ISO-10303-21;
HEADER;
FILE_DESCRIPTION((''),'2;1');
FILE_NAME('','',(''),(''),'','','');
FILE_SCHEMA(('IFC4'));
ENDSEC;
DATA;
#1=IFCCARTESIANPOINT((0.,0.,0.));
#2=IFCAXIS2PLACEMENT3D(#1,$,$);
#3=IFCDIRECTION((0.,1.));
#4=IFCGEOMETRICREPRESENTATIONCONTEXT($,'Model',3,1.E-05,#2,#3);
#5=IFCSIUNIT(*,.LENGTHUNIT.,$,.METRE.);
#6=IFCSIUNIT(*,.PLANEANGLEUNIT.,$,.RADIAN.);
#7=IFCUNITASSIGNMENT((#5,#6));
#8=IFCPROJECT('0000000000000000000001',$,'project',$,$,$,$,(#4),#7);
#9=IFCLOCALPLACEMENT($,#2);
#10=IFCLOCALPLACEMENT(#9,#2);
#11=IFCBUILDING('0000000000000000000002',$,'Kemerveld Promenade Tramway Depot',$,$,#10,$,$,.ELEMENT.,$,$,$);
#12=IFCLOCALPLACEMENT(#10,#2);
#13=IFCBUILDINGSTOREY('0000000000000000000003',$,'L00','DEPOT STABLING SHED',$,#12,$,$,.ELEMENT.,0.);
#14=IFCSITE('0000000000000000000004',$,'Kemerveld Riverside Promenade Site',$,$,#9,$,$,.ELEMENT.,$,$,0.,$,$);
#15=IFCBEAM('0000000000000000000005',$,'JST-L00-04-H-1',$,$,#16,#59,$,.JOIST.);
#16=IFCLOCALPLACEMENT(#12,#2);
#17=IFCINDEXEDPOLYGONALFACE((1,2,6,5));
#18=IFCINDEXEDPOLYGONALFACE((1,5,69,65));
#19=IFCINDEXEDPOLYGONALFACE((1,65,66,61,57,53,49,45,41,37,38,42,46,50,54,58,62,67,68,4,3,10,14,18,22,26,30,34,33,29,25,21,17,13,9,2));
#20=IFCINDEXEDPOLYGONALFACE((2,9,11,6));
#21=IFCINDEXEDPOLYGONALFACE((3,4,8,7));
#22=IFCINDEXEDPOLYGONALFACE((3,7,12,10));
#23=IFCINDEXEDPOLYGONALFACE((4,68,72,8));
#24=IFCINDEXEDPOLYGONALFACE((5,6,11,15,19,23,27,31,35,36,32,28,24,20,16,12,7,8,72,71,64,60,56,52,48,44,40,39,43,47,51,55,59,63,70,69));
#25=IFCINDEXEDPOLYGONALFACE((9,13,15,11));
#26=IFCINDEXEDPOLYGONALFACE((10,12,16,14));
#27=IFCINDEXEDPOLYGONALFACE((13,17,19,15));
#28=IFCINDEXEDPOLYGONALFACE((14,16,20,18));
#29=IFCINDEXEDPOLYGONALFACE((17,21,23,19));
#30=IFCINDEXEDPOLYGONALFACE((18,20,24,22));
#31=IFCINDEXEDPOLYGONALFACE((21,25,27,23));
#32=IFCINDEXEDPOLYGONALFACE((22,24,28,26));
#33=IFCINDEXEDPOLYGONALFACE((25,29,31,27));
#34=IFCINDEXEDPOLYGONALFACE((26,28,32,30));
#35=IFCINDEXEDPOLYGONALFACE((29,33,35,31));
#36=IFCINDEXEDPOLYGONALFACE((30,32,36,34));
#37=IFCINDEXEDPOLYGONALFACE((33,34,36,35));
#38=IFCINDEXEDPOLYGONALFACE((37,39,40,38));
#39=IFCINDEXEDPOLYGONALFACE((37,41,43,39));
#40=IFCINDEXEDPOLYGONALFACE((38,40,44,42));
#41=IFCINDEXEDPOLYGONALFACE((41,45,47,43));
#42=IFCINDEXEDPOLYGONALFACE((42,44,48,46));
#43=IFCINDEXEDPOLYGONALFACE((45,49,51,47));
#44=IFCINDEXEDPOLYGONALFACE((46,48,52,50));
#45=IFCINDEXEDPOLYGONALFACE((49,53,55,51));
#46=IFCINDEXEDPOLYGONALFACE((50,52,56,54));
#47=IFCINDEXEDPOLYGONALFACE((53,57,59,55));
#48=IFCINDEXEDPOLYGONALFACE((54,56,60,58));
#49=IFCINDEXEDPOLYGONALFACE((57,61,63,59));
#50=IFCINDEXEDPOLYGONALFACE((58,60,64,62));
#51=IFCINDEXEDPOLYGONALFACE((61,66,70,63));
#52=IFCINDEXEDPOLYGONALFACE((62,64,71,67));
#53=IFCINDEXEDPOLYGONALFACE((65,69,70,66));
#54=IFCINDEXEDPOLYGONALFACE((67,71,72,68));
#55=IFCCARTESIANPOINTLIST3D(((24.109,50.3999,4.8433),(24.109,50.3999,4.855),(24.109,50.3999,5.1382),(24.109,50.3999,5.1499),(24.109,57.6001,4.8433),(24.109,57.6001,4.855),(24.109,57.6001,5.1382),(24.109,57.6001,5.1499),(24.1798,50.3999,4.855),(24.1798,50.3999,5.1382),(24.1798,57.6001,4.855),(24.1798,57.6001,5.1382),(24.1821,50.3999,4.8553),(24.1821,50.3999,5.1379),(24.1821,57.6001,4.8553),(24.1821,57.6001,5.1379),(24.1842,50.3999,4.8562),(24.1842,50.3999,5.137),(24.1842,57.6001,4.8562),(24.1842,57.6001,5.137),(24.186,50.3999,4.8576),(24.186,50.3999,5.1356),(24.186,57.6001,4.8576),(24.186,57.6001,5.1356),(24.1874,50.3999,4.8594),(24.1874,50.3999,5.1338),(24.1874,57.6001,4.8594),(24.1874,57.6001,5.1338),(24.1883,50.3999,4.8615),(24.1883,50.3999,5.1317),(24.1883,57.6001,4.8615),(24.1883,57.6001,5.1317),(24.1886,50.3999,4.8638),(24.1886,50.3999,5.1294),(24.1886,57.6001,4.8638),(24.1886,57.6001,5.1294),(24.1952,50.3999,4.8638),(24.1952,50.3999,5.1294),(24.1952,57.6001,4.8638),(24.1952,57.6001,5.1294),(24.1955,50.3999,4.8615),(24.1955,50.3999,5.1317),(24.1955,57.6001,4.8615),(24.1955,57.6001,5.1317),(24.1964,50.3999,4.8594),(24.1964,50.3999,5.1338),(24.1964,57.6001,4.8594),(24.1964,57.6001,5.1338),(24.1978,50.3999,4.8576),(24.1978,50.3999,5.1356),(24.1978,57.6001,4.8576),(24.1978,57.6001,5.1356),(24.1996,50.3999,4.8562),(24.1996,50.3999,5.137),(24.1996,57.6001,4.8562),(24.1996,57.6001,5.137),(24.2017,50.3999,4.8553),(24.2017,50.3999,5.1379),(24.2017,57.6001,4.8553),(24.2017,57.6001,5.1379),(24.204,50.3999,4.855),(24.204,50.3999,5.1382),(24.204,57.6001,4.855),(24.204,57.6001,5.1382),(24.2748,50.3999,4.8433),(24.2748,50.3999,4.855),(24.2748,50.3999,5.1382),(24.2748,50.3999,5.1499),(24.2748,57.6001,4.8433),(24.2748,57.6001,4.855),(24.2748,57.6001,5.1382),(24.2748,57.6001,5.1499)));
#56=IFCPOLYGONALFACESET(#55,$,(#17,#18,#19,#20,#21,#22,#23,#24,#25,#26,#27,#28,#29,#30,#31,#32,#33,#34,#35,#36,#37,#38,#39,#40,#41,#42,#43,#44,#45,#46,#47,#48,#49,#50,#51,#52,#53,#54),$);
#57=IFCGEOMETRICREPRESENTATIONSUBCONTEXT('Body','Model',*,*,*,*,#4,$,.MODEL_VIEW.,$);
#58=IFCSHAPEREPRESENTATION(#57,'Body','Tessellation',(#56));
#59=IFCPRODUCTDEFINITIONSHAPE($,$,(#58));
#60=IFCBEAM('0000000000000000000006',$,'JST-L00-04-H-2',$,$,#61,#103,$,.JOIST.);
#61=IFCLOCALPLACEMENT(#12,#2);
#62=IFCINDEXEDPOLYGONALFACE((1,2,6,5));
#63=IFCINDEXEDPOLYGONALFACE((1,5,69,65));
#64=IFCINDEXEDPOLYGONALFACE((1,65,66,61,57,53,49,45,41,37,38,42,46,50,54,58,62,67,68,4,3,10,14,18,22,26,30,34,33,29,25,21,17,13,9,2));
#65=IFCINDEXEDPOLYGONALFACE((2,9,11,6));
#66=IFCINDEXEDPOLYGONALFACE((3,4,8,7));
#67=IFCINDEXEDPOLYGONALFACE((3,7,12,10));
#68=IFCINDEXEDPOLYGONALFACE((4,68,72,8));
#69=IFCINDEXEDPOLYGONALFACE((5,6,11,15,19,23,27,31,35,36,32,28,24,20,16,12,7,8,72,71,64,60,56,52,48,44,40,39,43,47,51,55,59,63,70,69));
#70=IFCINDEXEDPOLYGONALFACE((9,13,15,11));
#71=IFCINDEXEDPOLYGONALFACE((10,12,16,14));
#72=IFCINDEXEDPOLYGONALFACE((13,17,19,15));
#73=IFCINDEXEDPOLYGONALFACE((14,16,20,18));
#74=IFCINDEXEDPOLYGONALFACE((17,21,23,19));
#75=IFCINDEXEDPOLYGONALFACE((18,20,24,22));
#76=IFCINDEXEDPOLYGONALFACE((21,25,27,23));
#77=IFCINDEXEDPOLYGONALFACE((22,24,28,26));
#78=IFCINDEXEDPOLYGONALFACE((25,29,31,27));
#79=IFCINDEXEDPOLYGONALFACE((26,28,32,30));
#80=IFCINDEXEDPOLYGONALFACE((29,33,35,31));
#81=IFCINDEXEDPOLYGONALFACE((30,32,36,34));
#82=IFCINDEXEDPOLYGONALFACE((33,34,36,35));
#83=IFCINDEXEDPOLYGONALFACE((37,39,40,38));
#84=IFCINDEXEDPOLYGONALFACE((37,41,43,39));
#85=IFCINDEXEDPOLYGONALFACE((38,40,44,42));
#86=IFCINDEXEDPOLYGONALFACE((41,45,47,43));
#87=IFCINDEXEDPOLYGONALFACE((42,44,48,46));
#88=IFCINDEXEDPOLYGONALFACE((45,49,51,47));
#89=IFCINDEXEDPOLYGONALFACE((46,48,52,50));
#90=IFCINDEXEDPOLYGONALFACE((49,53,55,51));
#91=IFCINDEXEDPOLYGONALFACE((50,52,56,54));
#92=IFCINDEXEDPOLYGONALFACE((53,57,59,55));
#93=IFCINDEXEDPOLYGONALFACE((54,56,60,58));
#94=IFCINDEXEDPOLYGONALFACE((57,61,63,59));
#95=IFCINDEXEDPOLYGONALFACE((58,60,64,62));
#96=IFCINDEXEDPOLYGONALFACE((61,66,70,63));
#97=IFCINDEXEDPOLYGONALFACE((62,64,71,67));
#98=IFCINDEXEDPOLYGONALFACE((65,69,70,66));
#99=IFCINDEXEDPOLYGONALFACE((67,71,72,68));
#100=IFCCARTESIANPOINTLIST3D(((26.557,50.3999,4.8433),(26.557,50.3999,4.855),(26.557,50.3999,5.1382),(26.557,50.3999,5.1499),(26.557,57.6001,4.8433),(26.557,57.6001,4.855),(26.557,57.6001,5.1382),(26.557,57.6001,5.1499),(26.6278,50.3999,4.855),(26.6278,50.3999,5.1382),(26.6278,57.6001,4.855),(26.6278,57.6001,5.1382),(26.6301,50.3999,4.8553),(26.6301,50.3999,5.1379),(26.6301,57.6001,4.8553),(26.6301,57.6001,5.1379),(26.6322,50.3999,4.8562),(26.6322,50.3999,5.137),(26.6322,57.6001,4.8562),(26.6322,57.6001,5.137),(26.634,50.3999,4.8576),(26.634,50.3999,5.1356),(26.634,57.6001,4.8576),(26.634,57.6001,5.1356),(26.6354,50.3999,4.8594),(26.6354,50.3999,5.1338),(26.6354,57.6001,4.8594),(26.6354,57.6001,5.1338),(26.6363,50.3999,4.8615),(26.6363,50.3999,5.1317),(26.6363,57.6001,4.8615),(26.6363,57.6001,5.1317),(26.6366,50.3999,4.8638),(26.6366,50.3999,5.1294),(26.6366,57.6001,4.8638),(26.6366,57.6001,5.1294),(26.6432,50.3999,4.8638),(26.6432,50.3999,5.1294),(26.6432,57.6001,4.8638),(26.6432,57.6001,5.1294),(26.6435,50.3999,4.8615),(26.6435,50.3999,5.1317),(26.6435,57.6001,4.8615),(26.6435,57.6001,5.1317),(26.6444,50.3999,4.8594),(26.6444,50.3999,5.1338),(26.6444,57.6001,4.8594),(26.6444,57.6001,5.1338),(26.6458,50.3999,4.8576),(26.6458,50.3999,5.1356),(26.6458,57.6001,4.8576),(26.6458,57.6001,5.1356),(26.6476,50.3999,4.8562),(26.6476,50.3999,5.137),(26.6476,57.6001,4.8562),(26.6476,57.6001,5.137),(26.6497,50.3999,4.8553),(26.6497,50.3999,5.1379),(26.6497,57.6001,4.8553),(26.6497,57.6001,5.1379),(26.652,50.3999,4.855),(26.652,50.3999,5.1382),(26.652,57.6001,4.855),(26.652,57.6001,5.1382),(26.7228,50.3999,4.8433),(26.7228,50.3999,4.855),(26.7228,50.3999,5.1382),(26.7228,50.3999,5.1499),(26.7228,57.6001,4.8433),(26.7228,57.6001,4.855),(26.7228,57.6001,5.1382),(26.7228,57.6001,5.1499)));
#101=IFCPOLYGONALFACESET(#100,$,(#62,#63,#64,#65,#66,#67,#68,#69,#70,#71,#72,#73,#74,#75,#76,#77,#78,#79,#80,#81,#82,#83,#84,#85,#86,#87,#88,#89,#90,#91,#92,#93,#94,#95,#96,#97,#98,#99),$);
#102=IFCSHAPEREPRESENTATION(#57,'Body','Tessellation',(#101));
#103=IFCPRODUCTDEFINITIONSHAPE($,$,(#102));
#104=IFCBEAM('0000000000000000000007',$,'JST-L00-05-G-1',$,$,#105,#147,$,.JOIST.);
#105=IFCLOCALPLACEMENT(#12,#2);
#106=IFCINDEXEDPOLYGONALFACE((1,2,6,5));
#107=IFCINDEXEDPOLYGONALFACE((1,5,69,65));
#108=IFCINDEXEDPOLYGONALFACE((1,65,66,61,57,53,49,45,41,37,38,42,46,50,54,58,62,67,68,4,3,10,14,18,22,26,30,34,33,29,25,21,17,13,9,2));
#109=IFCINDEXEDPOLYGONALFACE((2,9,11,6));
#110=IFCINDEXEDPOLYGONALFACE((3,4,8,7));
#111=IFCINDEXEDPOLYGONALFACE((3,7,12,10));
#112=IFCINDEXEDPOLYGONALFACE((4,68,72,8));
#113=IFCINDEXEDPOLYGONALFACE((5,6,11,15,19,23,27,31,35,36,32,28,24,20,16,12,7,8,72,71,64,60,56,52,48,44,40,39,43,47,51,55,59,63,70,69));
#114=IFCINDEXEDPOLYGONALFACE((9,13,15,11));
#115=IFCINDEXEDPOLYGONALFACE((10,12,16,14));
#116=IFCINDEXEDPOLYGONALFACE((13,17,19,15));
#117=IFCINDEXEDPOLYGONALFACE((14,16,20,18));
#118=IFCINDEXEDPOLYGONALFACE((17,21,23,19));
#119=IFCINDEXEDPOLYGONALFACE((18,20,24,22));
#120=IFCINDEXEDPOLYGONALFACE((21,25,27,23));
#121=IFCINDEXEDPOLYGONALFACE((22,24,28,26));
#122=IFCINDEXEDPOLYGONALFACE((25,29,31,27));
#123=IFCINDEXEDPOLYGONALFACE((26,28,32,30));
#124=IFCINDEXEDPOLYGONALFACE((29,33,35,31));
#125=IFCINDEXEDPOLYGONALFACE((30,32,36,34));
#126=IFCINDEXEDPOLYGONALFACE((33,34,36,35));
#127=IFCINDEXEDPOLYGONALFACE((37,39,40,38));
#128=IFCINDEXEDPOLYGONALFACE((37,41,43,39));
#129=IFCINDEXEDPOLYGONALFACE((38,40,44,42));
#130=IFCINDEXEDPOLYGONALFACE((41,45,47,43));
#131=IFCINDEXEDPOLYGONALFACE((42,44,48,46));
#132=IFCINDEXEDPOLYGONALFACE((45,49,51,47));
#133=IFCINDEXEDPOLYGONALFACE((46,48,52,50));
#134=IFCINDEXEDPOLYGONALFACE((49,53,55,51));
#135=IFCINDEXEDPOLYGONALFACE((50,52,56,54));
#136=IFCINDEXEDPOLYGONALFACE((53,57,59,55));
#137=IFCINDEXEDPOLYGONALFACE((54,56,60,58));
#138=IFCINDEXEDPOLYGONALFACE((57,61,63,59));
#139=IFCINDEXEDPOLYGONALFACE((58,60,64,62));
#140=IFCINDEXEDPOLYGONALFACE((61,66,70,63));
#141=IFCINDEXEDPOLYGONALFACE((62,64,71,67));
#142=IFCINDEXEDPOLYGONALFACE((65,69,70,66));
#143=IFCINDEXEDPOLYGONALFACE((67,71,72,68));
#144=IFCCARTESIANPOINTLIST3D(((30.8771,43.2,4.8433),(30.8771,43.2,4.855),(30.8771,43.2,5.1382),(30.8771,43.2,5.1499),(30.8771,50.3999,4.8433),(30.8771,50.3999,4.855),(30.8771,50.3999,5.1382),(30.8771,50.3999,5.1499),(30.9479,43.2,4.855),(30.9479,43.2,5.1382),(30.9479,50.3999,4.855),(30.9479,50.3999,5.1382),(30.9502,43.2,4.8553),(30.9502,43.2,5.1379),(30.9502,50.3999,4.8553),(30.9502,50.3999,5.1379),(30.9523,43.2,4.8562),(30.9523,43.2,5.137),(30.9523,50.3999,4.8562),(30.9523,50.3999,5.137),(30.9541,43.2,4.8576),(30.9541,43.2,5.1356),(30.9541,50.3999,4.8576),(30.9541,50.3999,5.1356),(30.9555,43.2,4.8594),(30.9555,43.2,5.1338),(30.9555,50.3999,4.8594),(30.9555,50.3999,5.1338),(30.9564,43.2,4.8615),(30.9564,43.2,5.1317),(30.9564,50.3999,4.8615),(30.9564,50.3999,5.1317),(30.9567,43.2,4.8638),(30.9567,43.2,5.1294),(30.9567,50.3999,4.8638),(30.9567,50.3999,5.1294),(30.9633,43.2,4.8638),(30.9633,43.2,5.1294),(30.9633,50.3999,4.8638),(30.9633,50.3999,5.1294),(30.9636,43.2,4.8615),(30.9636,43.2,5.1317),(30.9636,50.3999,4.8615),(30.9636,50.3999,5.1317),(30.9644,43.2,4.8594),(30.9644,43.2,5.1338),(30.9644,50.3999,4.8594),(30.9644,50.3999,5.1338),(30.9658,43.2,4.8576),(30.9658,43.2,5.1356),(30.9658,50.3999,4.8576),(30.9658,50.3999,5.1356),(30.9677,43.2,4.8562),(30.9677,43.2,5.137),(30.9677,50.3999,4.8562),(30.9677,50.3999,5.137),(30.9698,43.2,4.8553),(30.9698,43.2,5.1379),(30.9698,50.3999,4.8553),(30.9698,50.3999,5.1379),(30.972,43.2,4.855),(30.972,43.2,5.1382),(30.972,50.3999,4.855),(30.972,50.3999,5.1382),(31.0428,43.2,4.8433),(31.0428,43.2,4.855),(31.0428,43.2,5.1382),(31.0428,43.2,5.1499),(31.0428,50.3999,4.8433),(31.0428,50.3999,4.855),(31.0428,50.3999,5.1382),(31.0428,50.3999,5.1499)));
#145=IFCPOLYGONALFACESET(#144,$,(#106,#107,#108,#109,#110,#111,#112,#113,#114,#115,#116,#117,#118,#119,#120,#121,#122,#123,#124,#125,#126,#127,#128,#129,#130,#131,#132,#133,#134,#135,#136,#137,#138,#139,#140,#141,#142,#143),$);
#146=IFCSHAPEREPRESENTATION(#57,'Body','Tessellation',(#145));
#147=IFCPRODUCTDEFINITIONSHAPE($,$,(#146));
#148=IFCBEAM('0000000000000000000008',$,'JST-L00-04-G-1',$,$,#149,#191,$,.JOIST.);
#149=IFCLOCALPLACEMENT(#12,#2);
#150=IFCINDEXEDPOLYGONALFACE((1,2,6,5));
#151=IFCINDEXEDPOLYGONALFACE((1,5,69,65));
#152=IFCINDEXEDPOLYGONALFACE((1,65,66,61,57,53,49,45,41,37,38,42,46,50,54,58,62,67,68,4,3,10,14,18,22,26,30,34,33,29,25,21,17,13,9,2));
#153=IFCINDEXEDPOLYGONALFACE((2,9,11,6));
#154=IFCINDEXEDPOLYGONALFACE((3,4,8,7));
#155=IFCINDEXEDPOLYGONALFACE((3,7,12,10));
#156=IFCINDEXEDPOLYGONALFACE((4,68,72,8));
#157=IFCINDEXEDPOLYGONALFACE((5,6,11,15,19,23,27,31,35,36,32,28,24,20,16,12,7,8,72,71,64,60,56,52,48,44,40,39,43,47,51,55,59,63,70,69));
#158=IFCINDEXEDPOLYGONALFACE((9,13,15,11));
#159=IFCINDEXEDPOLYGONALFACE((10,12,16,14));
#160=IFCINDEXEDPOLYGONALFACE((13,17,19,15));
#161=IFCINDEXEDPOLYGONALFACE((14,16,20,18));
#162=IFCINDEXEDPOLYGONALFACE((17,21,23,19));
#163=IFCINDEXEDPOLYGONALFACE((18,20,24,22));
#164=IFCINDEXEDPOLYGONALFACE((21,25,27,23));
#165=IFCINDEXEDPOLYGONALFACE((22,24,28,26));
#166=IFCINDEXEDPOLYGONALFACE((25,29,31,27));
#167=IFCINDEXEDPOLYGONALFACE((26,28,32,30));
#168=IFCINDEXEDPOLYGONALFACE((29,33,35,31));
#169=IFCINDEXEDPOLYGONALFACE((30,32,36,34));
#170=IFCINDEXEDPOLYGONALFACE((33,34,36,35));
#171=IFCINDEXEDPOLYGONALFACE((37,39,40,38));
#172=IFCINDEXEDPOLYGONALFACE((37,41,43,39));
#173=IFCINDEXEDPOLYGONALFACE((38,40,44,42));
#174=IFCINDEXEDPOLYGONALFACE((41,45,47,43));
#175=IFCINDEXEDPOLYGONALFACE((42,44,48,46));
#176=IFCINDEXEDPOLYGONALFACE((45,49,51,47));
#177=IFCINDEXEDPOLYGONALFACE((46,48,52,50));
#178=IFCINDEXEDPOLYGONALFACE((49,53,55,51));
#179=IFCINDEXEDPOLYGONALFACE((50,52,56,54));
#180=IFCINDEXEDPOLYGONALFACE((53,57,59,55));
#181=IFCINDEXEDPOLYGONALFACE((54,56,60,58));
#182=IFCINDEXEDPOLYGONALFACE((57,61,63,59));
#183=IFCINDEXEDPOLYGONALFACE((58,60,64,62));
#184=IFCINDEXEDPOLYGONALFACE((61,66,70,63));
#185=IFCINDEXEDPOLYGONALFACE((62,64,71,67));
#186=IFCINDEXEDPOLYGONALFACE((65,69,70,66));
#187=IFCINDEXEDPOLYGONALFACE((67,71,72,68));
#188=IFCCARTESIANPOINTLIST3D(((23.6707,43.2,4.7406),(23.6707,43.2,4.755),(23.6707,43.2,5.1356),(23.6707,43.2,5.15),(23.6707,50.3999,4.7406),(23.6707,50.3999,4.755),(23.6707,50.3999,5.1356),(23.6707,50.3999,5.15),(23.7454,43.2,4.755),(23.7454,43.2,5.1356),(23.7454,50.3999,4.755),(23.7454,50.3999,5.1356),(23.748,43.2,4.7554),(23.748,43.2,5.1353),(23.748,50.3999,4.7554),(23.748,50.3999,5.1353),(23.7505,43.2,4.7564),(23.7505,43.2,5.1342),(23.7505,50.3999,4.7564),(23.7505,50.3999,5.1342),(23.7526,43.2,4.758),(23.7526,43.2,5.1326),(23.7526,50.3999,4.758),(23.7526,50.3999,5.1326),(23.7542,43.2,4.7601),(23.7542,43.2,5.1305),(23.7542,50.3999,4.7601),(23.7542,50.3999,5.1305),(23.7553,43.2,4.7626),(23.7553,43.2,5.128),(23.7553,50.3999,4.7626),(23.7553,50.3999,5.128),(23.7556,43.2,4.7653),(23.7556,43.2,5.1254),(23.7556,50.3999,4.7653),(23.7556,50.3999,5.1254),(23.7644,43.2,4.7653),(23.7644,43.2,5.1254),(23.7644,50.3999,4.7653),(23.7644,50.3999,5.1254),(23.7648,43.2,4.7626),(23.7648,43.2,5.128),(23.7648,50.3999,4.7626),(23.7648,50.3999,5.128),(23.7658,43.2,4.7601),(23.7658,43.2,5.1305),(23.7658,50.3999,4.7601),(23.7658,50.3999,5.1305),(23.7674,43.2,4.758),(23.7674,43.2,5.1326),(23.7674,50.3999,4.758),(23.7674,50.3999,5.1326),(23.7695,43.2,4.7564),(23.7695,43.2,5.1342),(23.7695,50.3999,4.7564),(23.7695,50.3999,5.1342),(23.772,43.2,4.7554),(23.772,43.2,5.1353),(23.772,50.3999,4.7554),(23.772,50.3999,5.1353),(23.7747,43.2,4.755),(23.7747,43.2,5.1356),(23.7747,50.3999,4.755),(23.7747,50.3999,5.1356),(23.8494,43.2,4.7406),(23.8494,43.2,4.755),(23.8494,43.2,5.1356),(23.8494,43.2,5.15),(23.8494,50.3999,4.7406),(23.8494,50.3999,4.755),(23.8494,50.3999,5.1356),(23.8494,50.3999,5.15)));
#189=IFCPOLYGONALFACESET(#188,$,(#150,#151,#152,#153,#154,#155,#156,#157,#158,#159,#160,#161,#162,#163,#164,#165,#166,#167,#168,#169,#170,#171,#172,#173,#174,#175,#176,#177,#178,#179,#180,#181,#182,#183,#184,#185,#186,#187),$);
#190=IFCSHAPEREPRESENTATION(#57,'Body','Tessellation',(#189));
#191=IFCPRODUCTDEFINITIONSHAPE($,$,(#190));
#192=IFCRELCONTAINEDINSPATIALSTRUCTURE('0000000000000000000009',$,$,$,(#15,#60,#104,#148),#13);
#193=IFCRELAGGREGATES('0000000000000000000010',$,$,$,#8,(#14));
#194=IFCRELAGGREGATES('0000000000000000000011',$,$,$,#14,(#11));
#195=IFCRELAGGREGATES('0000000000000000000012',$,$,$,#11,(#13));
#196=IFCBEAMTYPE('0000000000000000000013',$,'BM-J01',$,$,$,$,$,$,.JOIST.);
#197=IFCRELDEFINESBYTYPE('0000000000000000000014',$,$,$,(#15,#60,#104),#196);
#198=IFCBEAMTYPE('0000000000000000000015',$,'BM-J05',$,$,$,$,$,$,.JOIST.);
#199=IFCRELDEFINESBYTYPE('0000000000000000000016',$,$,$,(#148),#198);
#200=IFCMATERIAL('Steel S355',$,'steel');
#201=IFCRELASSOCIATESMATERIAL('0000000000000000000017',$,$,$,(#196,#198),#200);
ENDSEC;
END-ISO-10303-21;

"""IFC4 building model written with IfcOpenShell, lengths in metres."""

from ifc_helpers import new_model, si_unit, direction, frame, origin, origin_2d, place, context, subcontext, project, spatial, i_section, extrude, material, material_profile, profile_set, type_object, element, save


model = new_model("IFC4")

# Units and contexts
model_context = context("Model", 3, precision=1e-05, world=origin(), true_north=direction((0.0, 1.0)))
body_context = subcontext(model_context, "Body", "Model", "MODEL_VIEW")
ifc_project = project(units=[si_unit("LENGTHUNIT", "METRE"), si_unit("PLANEANGLEUNIT", "RADIAN")], contexts=[model_context])

# Site, building, storey
site_placement = place(None, origin())
site = spatial("IfcSite", under=ifc_project, at=site_placement, Name="Kemerveld Riverside Promenade Site", CompositionType="ELEMENT", RefElevation=0.0)
building_placement = place(site_placement, origin())
building = spatial("IfcBuilding", under=site, at=building_placement, Name="Kemerveld Promenade Tramway Depot", CompositionType="ELEMENT")
storey_placement = place(building_placement, origin())
storey = spatial("IfcBuildingStorey", under=building, at=storey_placement, Name="L00", Description="DEPOT STABLING SHED", CompositionType="ELEMENT", Elevation=0.0)

# Shared definitions
ifc_material_1 = material(Name="Steel S355", Category="steel")

# Beams
ifc_material_profile_1 = material_profile(ifc_material_1, i_section(OverallWidth=0.1658, OverallDepth=0.3066, WebThickness=0.0066, FlangeThickness=0.0117, FilletRadius=0.0088, at=origin_2d()), Name="305x165x46 UB")
ifc_profile_set_1 = profile_set([ifc_material_profile_1], Name="Steel S355")
beam_type_1 = type_object("IfcBeamType", Name="BM-J01", PredefinedType="JOIST", material=ifc_profile_set_1)
for number, where, z_axis, x_axis, name in (
    (1, (24.1919, 50.3999, 4.9966), (0.0, 1.0, 0.0), (-1.0, 0.0, 0.0), "JST-L00-04-H-1"),
    (2, (26.6399, 50.3999, 4.9966), (0.0, 1.0, 0.0), (-1.0, 0.0, 0.0), "JST-L00-04-H-2"),
):
    element("IfcBeam", number, at=place(storey_placement, frame(where, z_axis=z_axis, x_axis=x_axis)), inside=storey, type_object=beam_type_1, Name=name, PredefinedType="JOIST", context=body_context, shape_type="SweptSolid", body=[
        extrude(i_section(OverallWidth=0.1658, OverallDepth=0.3066, WebThickness=0.0066, FlangeThickness=0.0117, FilletRadius=0.0088, at=origin_2d()), origin(), (0.0, 0.0, 1.0), 7.2002),
    ])
beam_1_placement = place(storey_placement, frame((30.96, 43.2, 4.9966), z_axis=(0.0, 1.0, 0.0), x_axis=(-1.0, 0.0, 0.0)))
element("IfcBeam", 3, at=beam_1_placement, inside=storey, type_object=beam_type_1, Name="JST-L00-05-G-1", PredefinedType="JOIST", context=body_context, shape_type="SweptSolid", body=[
    extrude(i_section(OverallWidth=0.1658, OverallDepth=0.3066, WebThickness=0.0066, FlangeThickness=0.0117, FilletRadius=0.0088, at=origin_2d()), origin(), (0.0, 0.0, 1.0), 7.2),
])
ifc_material_profile_2 = material_profile(ifc_material_1, i_section(OverallWidth=0.1787, OverallDepth=0.4094, WebThickness=0.0088, FlangeThickness=0.0144, FilletRadius=0.0103, at=origin_2d()), Name="406x178x67 UB")
ifc_profile_set_2 = profile_set([ifc_material_profile_2], Name="Steel S355")
beam_type_2 = type_object("IfcBeamType", Name="BM-J05", PredefinedType="JOIST", material=ifc_profile_set_2)
for number, where, z_axis, x_axis, name in (
    (4, (23.76, 43.2, 4.9453), (0.0, 1.0, 0.0), (-1.0, 0.0, 0.0), "JST-L00-04-G-1"),
):
    element("IfcBeam", number, at=place(storey_placement, frame(where, z_axis=z_axis, x_axis=x_axis)), inside=storey, type_object=beam_type_2, Name=name, PredefinedType="JOIST", context=body_context, shape_type="SweptSolid", body=[
        extrude(i_section(OverallWidth=0.1787, OverallDepth=0.4094, WebThickness=0.0088, FlangeThickness=0.0144, FilletRadius=0.0103, at=origin_2d()), origin(), (0.0, 0.0, 1.0), 7.2),
    ])

save(model, "model.ifc")
